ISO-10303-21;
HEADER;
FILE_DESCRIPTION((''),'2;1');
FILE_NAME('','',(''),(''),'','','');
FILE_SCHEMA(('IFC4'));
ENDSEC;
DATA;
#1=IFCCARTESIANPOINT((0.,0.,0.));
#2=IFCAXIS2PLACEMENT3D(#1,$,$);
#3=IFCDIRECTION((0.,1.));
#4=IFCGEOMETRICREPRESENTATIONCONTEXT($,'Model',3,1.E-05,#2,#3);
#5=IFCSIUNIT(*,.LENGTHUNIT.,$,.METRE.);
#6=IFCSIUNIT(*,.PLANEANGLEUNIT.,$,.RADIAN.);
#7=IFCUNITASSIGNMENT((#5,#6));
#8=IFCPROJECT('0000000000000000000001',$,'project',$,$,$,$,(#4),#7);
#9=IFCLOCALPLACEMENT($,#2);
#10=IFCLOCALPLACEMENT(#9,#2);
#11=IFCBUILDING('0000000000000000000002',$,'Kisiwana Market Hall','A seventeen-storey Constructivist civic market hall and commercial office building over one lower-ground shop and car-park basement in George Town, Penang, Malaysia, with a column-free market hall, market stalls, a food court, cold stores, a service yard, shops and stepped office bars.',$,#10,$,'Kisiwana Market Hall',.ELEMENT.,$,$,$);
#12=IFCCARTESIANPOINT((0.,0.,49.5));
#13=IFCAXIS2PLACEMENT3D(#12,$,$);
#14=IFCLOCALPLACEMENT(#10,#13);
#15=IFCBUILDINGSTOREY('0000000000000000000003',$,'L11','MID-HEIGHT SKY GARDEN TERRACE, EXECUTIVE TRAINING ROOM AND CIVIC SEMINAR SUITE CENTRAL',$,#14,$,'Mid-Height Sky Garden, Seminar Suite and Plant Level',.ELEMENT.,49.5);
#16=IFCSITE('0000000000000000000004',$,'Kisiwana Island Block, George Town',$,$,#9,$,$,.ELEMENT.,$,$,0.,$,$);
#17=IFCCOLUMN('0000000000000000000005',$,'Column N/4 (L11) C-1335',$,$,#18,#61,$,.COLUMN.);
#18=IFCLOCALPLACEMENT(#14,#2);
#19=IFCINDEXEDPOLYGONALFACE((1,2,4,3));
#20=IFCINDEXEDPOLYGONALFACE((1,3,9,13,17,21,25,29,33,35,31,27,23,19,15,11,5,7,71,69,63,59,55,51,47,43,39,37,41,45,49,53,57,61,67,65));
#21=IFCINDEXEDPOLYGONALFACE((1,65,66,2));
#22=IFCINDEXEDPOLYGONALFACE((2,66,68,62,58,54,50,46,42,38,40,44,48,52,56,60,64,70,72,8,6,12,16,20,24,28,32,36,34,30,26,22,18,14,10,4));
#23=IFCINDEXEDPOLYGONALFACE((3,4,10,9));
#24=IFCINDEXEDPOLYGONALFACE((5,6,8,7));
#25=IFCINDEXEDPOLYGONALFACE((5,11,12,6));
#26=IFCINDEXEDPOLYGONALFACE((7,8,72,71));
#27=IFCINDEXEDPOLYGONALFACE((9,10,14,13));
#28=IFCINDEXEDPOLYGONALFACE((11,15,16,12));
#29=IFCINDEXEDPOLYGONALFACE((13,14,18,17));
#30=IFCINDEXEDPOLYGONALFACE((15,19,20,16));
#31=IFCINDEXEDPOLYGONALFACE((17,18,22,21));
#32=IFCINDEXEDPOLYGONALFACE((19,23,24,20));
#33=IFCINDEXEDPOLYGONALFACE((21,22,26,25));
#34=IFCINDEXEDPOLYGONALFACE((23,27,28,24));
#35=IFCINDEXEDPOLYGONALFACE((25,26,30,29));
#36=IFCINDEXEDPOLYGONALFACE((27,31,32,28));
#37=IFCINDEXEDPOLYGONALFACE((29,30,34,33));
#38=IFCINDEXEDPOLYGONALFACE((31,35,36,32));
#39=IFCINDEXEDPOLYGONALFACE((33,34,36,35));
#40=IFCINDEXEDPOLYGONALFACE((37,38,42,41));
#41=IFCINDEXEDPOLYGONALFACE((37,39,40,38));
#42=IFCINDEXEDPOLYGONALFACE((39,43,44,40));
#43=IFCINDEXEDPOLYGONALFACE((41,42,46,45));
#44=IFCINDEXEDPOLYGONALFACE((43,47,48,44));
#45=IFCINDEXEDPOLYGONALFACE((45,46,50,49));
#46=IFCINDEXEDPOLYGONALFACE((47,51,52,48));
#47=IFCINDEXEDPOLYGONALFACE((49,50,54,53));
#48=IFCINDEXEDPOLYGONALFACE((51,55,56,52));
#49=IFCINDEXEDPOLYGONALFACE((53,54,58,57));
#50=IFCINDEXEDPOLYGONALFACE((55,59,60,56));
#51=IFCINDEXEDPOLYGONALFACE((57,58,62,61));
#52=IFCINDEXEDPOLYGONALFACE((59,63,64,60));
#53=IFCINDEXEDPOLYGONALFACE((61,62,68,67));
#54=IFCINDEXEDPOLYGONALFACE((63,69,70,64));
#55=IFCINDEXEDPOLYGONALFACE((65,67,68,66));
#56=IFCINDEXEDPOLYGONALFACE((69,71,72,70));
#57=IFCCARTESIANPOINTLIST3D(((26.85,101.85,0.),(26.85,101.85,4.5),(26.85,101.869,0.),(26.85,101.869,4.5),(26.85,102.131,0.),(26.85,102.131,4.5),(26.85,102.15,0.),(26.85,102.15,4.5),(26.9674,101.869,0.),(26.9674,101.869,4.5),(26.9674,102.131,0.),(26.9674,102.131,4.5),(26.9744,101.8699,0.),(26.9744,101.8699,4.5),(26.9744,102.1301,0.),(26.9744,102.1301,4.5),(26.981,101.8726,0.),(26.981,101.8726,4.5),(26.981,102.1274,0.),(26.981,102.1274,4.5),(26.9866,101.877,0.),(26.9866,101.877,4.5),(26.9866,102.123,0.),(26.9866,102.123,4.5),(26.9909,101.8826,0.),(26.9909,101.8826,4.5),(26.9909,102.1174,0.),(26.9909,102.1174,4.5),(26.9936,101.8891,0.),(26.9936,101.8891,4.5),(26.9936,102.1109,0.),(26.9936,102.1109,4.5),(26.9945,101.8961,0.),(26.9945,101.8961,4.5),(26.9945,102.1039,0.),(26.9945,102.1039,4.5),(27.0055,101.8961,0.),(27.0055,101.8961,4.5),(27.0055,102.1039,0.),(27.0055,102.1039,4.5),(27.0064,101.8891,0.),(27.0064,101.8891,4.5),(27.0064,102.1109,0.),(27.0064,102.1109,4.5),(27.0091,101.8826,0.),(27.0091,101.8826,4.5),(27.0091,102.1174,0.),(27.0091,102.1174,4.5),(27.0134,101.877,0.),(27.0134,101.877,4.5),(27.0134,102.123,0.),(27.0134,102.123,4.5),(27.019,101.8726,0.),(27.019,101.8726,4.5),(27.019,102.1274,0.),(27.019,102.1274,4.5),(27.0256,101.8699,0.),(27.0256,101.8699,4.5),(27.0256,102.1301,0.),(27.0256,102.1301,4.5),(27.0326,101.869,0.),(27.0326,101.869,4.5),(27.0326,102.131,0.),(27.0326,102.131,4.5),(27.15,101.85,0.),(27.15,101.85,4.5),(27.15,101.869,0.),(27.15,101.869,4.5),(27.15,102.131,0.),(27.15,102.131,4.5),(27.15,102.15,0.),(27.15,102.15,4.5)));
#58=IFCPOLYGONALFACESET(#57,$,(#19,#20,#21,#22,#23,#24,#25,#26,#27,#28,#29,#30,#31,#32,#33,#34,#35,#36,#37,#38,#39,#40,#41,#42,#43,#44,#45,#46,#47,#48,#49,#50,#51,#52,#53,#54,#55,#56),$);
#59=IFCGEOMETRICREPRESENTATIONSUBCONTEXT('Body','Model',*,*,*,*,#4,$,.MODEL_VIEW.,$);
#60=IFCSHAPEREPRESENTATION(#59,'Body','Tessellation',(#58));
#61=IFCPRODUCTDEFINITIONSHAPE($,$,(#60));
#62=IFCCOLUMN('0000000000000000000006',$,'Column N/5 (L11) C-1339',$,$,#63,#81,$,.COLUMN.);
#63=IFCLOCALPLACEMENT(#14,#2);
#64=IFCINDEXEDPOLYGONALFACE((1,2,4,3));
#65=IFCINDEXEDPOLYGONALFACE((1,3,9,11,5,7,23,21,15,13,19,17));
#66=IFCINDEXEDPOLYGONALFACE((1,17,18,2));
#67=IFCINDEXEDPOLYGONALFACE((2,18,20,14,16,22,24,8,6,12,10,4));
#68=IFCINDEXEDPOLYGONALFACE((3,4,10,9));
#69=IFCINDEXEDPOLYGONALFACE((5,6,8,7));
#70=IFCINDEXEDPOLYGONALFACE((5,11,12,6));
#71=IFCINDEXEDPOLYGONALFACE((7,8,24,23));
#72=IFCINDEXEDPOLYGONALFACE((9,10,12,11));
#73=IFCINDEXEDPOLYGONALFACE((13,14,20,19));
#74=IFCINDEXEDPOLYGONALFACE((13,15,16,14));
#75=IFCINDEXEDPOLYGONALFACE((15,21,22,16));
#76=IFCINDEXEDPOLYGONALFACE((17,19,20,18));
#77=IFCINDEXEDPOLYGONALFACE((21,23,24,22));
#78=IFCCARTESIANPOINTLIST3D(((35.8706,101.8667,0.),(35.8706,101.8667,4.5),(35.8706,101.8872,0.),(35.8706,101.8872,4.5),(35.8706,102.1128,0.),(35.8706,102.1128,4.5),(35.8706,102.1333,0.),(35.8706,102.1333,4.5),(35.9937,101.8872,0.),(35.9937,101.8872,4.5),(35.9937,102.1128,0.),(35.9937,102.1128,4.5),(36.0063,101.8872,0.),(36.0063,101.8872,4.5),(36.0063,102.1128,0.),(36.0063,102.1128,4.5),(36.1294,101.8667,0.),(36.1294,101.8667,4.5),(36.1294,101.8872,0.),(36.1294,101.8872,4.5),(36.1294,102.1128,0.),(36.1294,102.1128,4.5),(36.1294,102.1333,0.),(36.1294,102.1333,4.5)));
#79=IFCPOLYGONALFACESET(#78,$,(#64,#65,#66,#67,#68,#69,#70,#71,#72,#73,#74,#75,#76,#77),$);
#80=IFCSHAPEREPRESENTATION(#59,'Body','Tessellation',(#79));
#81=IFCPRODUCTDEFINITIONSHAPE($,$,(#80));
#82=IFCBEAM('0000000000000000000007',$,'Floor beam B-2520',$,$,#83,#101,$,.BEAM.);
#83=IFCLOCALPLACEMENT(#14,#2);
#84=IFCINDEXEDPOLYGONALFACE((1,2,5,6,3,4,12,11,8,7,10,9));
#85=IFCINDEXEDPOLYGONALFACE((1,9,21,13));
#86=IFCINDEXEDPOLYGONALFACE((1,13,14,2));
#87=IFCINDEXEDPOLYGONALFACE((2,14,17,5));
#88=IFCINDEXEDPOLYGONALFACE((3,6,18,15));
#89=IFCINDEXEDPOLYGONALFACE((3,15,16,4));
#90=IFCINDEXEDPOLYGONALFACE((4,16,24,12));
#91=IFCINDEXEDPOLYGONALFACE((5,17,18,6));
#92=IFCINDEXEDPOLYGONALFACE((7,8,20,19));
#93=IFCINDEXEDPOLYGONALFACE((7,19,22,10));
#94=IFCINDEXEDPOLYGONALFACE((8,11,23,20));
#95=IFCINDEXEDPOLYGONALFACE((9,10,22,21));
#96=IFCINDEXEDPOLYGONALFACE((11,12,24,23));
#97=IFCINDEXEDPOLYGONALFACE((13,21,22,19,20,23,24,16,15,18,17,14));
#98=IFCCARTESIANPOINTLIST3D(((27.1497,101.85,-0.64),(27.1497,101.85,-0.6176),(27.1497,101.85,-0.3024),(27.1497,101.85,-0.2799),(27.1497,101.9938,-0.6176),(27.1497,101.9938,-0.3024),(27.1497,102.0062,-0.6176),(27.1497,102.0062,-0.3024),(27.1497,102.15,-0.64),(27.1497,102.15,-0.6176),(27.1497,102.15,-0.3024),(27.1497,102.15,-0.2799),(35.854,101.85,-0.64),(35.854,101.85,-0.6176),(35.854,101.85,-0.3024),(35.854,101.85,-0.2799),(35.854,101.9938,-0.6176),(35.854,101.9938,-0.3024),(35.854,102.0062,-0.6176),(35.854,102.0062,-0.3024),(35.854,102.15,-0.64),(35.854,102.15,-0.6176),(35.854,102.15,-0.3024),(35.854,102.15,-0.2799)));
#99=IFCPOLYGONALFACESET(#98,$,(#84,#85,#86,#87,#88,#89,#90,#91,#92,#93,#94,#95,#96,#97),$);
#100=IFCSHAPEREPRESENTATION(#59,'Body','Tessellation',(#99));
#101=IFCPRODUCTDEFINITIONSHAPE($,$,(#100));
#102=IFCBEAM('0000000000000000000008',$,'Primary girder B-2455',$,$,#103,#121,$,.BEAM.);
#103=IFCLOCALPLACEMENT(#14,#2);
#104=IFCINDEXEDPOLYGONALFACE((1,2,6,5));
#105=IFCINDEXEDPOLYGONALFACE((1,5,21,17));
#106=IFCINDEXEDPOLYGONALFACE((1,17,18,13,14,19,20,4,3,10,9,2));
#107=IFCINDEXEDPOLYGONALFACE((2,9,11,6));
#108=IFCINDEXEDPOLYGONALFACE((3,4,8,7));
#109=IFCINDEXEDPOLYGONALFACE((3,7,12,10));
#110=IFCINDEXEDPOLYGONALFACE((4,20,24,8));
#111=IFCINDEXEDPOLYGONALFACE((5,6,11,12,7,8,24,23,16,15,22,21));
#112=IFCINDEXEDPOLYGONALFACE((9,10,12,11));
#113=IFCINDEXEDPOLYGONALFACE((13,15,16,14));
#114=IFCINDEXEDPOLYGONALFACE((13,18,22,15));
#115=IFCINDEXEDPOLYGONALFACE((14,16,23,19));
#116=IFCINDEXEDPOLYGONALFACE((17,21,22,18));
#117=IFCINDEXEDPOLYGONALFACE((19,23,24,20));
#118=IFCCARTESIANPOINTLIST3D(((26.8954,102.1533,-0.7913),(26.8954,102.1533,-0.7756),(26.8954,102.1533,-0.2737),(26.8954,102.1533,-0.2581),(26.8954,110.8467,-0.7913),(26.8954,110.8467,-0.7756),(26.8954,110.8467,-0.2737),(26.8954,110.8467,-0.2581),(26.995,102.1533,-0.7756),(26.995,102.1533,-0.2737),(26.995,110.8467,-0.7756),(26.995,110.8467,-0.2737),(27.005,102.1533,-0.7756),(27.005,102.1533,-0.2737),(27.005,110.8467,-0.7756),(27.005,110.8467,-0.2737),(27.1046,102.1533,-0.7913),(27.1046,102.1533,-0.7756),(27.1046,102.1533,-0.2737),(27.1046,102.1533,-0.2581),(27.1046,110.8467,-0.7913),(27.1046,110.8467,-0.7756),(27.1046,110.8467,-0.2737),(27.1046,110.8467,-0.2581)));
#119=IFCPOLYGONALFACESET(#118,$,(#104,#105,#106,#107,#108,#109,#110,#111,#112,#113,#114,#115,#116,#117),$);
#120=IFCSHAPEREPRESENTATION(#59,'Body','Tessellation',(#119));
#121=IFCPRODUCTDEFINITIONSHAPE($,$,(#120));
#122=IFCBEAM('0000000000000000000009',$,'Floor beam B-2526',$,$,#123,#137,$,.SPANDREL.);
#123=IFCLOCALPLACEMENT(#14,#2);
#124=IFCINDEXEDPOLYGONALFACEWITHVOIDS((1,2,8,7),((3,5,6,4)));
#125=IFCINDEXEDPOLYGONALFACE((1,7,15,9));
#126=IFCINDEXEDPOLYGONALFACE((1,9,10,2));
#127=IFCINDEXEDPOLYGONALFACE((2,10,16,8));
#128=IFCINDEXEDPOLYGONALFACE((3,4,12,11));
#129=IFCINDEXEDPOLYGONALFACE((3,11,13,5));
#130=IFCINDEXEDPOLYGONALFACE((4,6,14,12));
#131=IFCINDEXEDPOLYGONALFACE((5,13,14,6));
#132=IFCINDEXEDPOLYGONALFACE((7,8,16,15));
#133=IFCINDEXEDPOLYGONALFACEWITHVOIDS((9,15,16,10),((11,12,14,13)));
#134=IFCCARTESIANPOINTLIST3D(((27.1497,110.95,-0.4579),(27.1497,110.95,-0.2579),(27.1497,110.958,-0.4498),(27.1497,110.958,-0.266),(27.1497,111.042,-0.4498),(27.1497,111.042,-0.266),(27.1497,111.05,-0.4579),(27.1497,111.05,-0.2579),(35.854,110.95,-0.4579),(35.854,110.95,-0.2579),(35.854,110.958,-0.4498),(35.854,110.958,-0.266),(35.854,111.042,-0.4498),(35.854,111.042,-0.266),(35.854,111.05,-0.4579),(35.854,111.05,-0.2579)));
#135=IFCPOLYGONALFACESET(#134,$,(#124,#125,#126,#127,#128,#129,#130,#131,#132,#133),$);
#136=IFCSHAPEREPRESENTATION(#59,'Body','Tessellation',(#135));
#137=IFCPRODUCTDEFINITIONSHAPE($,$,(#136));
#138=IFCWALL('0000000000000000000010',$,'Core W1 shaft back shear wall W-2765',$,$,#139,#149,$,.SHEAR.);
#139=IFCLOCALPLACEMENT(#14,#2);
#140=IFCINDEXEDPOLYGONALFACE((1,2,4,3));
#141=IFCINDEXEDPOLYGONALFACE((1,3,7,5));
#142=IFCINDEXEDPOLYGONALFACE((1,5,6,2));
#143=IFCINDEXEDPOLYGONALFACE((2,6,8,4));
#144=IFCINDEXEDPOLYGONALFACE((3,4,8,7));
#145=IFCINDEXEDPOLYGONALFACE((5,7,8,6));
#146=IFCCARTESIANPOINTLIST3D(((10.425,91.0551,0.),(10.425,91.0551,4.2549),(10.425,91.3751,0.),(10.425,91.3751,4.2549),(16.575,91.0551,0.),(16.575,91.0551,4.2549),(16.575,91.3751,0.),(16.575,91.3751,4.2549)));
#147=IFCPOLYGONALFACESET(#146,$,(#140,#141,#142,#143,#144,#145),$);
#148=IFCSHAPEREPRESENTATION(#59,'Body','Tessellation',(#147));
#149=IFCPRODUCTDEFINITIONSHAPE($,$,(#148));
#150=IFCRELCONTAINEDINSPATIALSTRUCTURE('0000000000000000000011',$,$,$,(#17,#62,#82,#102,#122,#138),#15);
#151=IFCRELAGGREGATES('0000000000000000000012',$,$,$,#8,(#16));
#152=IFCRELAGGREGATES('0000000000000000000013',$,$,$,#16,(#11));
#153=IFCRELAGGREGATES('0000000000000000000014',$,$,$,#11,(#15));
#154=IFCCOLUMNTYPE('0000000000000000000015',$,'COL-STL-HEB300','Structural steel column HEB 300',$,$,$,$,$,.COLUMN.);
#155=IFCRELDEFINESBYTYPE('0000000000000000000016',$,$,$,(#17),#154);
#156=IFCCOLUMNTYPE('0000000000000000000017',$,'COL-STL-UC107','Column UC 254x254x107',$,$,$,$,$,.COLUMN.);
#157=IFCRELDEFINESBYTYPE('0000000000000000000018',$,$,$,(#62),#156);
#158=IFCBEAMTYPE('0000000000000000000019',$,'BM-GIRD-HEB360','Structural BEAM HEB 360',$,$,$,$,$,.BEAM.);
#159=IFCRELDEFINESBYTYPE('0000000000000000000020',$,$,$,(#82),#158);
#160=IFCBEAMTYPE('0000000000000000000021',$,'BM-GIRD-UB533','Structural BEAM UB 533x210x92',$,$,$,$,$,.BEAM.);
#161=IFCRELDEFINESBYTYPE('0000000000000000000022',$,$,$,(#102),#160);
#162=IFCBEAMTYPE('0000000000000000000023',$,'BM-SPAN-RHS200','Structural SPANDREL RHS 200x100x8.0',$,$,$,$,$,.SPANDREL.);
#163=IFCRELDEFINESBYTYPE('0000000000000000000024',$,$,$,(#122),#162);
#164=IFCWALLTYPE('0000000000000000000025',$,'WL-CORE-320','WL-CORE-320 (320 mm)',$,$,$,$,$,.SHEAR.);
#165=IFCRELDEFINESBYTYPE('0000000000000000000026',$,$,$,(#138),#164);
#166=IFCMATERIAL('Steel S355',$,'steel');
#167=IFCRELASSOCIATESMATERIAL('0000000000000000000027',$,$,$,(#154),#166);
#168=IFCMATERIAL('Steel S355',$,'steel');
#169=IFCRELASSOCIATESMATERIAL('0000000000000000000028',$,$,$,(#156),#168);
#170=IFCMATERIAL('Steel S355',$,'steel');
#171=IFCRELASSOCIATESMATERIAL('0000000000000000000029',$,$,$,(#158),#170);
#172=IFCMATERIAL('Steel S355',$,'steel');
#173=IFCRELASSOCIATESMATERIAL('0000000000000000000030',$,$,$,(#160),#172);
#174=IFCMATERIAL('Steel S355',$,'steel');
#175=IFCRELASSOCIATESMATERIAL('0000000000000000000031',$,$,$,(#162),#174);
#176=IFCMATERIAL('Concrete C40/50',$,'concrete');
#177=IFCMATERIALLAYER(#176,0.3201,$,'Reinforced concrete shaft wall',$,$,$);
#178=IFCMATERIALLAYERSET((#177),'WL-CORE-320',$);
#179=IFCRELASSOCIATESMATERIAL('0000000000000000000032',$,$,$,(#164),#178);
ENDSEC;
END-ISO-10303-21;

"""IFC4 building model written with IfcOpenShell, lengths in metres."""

from ifc_helpers import new_model, si_unit, direction, frame, frame_2d, origin, origin_2d, place, context, subcontext, project, spatial, rectangle, hollow_rectangle, i_section, extrude, material, layer, layer_set, material_profile, profile_set, type_object, element, save


model = new_model("IFC4")

# Units and contexts
model_context = context("Model", 3, precision=1e-05, world=origin(), true_north=direction((0.0, 1.0)))
body_context = subcontext(model_context, "Body", "Model", "MODEL_VIEW")
ifc_project = project(units=[si_unit("LENGTHUNIT", "METRE"), si_unit("PLANEANGLEUNIT", "RADIAN")], contexts=[model_context])

# Site, building, storey
site_placement = place(None, origin())
site = spatial("IfcSite", under=ifc_project, at=site_placement, Name="Kisiwana Island Block, George Town", CompositionType="ELEMENT", RefElevation=0.0)
building_placement = place(site_placement, origin())
building = spatial("IfcBuilding", under=site, at=building_placement, Name="Kisiwana Market Hall", Description="A seventeen-storey Constructivist civic market hall and commercial office building over one lower-ground shop and car-park basement in George Town, Penang, Malaysia, with a column-free market hall, market stalls, a food court, cold stores, a service yard, shops and stepped office bars.", LongName="Kisiwana Market Hall", CompositionType="ELEMENT")
storey_placement = place(building_placement, frame((0.0, 0.0, 49.5)))
storey = spatial("IfcBuildingStorey", under=building, at=storey_placement, Name="L11", Description="MID-HEIGHT SKY GARDEN TERRACE, EXECUTIVE TRAINING ROOM AND CIVIC SEMINAR SUITE CENTRAL", LongName="Mid-Height Sky Garden, Seminar Suite and Plant Level", CompositionType="ELEMENT", Elevation=49.5)

# Columns
ifc_material_1 = material(Name="Steel S355", Category="steel")
ifc_material_profile_1 = material_profile(ifc_material_1, i_section(OverallWidth=0.3, OverallDepth=0.3, WebThickness=0.011, FlangeThickness=0.019, FilletRadius=0.0271, at=origin_2d()), Name="HEB 300")
ifc_profile_set_1 = profile_set([ifc_material_profile_1], Name="Steel S355")
column_type_1 = type_object("IfcColumnType", Name="COL-STL-HEB300", Description="Structural steel column HEB 300", PredefinedType="COLUMN", material=ifc_profile_set_1)
column_1_placement = place(storey_placement, frame((27.0, 102.0, 0.0), z_axis=(0.0, 0.0, 1.0), x_axis=(1.0, 0.0, 0.0)))
element("IfcColumn", 1, at=column_1_placement, inside=storey, type_object=column_type_1, Name="Column N/4 (L11) C-1335", PredefinedType="COLUMN", context=body_context, shape_type="SweptSolid", body=[
    extrude(i_section(OverallWidth=0.3, OverallDepth=0.3, WebThickness=0.011, FlangeThickness=0.019, FilletRadius=0.0271, at=origin_2d()), origin(), (0.0, 0.0, 1.0), 4.5),
])
ifc_material_2 = material(Name="Steel S355", Category="steel")
ifc_material_profile_2 = material_profile(ifc_material_2, i_section(OverallWidth=0.2588, OverallDepth=0.2666, WebThickness=0.0127, FlangeThickness=0.0205, at=origin_2d()), Name="UC 254x254x107")
ifc_profile_set_2 = profile_set([ifc_material_profile_2], Name="Steel S355")
column_type_2 = type_object("IfcColumnType", Name="COL-STL-UC107", Description="Column UC 254x254x107", PredefinedType="COLUMN", material=ifc_profile_set_2)
column_2_placement = place(storey_placement, frame((36.0, 102.0, 0.0), z_axis=(0.0, 0.0, 1.0), x_axis=(1.0, 0.0, 0.0)))
element("IfcColumn", 2, at=column_2_placement, inside=storey, type_object=column_type_2, Name="Column N/5 (L11) C-1339", PredefinedType="COLUMN", context=body_context, shape_type="SweptSolid", body=[
    extrude(i_section(OverallWidth=0.2588, OverallDepth=0.2666, WebThickness=0.0127, FlangeThickness=0.0205, at=origin_2d()), origin(), (0.0, 0.0, 1.0), 4.5),
])

# Beams
ifc_material_3 = material(Name="Steel S355", Category="steel")
ifc_material_profile_3 = material_profile(ifc_material_3, i_section(OverallWidth=0.3, OverallDepth=0.3601, WebThickness=0.0125, FlangeThickness=0.0225, at=origin_2d()), Name="HEB 360")
ifc_profile_set_3 = profile_set([ifc_material_profile_3], Name="Steel S355")
beam_type_1 = type_object("IfcBeamType", Name="BM-GIRD-HEB360", Description="Structural BEAM HEB 360", PredefinedType="BEAM", material=ifc_profile_set_3)
beam_1_placement = place(storey_placement, frame((27.1497, 102.0, -0.46), z_axis=(1.0, 0.0, 0.0), x_axis=(0.0, 1.0, 0.0)))
element("IfcBeam", 3, at=beam_1_placement, inside=storey, type_object=beam_type_1, Name="Floor beam B-2520", PredefinedType="BEAM", context=body_context, shape_type="SweptSolid", body=[
    extrude(i_section(OverallWidth=0.3, OverallDepth=0.3601, WebThickness=0.0125, FlangeThickness=0.0225, at=origin_2d()), origin(), (0.0, 0.0, 1.0), 8.7043),
])
ifc_material_4 = material(Name="Steel S355", Category="steel")
ifc_material_profile_4 = material_profile(ifc_material_4, i_section(OverallWidth=0.2092, OverallDepth=0.5332, WebThickness=0.01, FlangeThickness=0.0156, at=origin_2d()), Name="UB 533x210x92")
ifc_profile_set_4 = profile_set([ifc_material_profile_4], Name="Steel S355")
beam_type_2 = type_object("IfcBeamType", Name="BM-GIRD-UB533", Description="Structural BEAM UB 533x210x92", PredefinedType="BEAM", material=ifc_profile_set_4)
beam_2_placement = place(storey_placement, frame((27.0, 102.1533, -0.5247), z_axis=(0.0, 1.0, 0.0), x_axis=(-1.0, 0.0, 0.0)))
element("IfcBeam", 4, at=beam_2_placement, inside=storey, type_object=beam_type_2, Name="Primary girder B-2455", PredefinedType="BEAM", context=body_context, shape_type="SweptSolid", body=[
    extrude(i_section(OverallWidth=0.2092, OverallDepth=0.5332, WebThickness=0.01, FlangeThickness=0.0156, at=origin_2d()), origin(), (0.0, 0.0, 1.0), 8.6934),
])
ifc_material_5 = material(Name="Steel S355", Category="steel")
ifc_material_profile_5 = material_profile(ifc_material_5, hollow_rectangle(XDim=0.1001, YDim=0.2, WallThickness=0.0081, at=origin_2d()), Name="RHS 200x100x8.0")
ifc_profile_set_5 = profile_set([ifc_material_profile_5], Name="Steel S355")
beam_type_3 = type_object("IfcBeamType", Name="BM-SPAN-RHS200", Description="Structural SPANDREL RHS 200x100x8.0", PredefinedType="SPANDREL", material=ifc_profile_set_5)
beam_3_placement = place(storey_placement, frame((27.1497, 111.0, -0.3579), z_axis=(1.0, 0.0, 0.0), x_axis=(0.0, 1.0, 0.0)))
element("IfcBeam", 5, at=beam_3_placement, inside=storey, type_object=beam_type_3, Name="Floor beam B-2526", PredefinedType="SPANDREL", context=body_context, shape_type="SweptSolid", body=[
    extrude(hollow_rectangle(XDim=0.1001, YDim=0.2, WallThickness=0.0081, at=origin_2d()), origin(), (0.0, 0.0, 1.0), 8.7043),
])

# Wall
ifc_material_6 = material(Name="Concrete C40/50", Category="concrete")
ifc_layer_1 = layer(ifc_material_6, 0.3201, Name="Reinforced concrete shaft wall")
ifc_layer_set_1 = layer_set([ifc_layer_1], Name="WL-CORE-320")
wall_type_1 = type_object("IfcWallType", Name="WL-CORE-320", Description="WL-CORE-320 (320 mm)", PredefinedType="SHEAR", material=ifc_layer_set_1)
wall_1_placement = place(storey_placement, frame((10.425, 91.2151, 0.0), z_axis=(0.0, 0.0, 1.0), x_axis=(1.0, 0.0, 0.0)))
element("IfcWall", 6, at=wall_1_placement, inside=storey, type_object=wall_type_1, Name="Core W1 shaft back shear wall W-2765", PredefinedType="SHEAR", context=body_context, shape_type="SweptSolid", body=[
    extrude(rectangle(XDim=6.1499, YDim=0.3201, at=frame_2d((3.075, 0.0))), origin(), (0.0, 0.0, 1.0), 4.2549),
])

save(model, "model.ifc")
